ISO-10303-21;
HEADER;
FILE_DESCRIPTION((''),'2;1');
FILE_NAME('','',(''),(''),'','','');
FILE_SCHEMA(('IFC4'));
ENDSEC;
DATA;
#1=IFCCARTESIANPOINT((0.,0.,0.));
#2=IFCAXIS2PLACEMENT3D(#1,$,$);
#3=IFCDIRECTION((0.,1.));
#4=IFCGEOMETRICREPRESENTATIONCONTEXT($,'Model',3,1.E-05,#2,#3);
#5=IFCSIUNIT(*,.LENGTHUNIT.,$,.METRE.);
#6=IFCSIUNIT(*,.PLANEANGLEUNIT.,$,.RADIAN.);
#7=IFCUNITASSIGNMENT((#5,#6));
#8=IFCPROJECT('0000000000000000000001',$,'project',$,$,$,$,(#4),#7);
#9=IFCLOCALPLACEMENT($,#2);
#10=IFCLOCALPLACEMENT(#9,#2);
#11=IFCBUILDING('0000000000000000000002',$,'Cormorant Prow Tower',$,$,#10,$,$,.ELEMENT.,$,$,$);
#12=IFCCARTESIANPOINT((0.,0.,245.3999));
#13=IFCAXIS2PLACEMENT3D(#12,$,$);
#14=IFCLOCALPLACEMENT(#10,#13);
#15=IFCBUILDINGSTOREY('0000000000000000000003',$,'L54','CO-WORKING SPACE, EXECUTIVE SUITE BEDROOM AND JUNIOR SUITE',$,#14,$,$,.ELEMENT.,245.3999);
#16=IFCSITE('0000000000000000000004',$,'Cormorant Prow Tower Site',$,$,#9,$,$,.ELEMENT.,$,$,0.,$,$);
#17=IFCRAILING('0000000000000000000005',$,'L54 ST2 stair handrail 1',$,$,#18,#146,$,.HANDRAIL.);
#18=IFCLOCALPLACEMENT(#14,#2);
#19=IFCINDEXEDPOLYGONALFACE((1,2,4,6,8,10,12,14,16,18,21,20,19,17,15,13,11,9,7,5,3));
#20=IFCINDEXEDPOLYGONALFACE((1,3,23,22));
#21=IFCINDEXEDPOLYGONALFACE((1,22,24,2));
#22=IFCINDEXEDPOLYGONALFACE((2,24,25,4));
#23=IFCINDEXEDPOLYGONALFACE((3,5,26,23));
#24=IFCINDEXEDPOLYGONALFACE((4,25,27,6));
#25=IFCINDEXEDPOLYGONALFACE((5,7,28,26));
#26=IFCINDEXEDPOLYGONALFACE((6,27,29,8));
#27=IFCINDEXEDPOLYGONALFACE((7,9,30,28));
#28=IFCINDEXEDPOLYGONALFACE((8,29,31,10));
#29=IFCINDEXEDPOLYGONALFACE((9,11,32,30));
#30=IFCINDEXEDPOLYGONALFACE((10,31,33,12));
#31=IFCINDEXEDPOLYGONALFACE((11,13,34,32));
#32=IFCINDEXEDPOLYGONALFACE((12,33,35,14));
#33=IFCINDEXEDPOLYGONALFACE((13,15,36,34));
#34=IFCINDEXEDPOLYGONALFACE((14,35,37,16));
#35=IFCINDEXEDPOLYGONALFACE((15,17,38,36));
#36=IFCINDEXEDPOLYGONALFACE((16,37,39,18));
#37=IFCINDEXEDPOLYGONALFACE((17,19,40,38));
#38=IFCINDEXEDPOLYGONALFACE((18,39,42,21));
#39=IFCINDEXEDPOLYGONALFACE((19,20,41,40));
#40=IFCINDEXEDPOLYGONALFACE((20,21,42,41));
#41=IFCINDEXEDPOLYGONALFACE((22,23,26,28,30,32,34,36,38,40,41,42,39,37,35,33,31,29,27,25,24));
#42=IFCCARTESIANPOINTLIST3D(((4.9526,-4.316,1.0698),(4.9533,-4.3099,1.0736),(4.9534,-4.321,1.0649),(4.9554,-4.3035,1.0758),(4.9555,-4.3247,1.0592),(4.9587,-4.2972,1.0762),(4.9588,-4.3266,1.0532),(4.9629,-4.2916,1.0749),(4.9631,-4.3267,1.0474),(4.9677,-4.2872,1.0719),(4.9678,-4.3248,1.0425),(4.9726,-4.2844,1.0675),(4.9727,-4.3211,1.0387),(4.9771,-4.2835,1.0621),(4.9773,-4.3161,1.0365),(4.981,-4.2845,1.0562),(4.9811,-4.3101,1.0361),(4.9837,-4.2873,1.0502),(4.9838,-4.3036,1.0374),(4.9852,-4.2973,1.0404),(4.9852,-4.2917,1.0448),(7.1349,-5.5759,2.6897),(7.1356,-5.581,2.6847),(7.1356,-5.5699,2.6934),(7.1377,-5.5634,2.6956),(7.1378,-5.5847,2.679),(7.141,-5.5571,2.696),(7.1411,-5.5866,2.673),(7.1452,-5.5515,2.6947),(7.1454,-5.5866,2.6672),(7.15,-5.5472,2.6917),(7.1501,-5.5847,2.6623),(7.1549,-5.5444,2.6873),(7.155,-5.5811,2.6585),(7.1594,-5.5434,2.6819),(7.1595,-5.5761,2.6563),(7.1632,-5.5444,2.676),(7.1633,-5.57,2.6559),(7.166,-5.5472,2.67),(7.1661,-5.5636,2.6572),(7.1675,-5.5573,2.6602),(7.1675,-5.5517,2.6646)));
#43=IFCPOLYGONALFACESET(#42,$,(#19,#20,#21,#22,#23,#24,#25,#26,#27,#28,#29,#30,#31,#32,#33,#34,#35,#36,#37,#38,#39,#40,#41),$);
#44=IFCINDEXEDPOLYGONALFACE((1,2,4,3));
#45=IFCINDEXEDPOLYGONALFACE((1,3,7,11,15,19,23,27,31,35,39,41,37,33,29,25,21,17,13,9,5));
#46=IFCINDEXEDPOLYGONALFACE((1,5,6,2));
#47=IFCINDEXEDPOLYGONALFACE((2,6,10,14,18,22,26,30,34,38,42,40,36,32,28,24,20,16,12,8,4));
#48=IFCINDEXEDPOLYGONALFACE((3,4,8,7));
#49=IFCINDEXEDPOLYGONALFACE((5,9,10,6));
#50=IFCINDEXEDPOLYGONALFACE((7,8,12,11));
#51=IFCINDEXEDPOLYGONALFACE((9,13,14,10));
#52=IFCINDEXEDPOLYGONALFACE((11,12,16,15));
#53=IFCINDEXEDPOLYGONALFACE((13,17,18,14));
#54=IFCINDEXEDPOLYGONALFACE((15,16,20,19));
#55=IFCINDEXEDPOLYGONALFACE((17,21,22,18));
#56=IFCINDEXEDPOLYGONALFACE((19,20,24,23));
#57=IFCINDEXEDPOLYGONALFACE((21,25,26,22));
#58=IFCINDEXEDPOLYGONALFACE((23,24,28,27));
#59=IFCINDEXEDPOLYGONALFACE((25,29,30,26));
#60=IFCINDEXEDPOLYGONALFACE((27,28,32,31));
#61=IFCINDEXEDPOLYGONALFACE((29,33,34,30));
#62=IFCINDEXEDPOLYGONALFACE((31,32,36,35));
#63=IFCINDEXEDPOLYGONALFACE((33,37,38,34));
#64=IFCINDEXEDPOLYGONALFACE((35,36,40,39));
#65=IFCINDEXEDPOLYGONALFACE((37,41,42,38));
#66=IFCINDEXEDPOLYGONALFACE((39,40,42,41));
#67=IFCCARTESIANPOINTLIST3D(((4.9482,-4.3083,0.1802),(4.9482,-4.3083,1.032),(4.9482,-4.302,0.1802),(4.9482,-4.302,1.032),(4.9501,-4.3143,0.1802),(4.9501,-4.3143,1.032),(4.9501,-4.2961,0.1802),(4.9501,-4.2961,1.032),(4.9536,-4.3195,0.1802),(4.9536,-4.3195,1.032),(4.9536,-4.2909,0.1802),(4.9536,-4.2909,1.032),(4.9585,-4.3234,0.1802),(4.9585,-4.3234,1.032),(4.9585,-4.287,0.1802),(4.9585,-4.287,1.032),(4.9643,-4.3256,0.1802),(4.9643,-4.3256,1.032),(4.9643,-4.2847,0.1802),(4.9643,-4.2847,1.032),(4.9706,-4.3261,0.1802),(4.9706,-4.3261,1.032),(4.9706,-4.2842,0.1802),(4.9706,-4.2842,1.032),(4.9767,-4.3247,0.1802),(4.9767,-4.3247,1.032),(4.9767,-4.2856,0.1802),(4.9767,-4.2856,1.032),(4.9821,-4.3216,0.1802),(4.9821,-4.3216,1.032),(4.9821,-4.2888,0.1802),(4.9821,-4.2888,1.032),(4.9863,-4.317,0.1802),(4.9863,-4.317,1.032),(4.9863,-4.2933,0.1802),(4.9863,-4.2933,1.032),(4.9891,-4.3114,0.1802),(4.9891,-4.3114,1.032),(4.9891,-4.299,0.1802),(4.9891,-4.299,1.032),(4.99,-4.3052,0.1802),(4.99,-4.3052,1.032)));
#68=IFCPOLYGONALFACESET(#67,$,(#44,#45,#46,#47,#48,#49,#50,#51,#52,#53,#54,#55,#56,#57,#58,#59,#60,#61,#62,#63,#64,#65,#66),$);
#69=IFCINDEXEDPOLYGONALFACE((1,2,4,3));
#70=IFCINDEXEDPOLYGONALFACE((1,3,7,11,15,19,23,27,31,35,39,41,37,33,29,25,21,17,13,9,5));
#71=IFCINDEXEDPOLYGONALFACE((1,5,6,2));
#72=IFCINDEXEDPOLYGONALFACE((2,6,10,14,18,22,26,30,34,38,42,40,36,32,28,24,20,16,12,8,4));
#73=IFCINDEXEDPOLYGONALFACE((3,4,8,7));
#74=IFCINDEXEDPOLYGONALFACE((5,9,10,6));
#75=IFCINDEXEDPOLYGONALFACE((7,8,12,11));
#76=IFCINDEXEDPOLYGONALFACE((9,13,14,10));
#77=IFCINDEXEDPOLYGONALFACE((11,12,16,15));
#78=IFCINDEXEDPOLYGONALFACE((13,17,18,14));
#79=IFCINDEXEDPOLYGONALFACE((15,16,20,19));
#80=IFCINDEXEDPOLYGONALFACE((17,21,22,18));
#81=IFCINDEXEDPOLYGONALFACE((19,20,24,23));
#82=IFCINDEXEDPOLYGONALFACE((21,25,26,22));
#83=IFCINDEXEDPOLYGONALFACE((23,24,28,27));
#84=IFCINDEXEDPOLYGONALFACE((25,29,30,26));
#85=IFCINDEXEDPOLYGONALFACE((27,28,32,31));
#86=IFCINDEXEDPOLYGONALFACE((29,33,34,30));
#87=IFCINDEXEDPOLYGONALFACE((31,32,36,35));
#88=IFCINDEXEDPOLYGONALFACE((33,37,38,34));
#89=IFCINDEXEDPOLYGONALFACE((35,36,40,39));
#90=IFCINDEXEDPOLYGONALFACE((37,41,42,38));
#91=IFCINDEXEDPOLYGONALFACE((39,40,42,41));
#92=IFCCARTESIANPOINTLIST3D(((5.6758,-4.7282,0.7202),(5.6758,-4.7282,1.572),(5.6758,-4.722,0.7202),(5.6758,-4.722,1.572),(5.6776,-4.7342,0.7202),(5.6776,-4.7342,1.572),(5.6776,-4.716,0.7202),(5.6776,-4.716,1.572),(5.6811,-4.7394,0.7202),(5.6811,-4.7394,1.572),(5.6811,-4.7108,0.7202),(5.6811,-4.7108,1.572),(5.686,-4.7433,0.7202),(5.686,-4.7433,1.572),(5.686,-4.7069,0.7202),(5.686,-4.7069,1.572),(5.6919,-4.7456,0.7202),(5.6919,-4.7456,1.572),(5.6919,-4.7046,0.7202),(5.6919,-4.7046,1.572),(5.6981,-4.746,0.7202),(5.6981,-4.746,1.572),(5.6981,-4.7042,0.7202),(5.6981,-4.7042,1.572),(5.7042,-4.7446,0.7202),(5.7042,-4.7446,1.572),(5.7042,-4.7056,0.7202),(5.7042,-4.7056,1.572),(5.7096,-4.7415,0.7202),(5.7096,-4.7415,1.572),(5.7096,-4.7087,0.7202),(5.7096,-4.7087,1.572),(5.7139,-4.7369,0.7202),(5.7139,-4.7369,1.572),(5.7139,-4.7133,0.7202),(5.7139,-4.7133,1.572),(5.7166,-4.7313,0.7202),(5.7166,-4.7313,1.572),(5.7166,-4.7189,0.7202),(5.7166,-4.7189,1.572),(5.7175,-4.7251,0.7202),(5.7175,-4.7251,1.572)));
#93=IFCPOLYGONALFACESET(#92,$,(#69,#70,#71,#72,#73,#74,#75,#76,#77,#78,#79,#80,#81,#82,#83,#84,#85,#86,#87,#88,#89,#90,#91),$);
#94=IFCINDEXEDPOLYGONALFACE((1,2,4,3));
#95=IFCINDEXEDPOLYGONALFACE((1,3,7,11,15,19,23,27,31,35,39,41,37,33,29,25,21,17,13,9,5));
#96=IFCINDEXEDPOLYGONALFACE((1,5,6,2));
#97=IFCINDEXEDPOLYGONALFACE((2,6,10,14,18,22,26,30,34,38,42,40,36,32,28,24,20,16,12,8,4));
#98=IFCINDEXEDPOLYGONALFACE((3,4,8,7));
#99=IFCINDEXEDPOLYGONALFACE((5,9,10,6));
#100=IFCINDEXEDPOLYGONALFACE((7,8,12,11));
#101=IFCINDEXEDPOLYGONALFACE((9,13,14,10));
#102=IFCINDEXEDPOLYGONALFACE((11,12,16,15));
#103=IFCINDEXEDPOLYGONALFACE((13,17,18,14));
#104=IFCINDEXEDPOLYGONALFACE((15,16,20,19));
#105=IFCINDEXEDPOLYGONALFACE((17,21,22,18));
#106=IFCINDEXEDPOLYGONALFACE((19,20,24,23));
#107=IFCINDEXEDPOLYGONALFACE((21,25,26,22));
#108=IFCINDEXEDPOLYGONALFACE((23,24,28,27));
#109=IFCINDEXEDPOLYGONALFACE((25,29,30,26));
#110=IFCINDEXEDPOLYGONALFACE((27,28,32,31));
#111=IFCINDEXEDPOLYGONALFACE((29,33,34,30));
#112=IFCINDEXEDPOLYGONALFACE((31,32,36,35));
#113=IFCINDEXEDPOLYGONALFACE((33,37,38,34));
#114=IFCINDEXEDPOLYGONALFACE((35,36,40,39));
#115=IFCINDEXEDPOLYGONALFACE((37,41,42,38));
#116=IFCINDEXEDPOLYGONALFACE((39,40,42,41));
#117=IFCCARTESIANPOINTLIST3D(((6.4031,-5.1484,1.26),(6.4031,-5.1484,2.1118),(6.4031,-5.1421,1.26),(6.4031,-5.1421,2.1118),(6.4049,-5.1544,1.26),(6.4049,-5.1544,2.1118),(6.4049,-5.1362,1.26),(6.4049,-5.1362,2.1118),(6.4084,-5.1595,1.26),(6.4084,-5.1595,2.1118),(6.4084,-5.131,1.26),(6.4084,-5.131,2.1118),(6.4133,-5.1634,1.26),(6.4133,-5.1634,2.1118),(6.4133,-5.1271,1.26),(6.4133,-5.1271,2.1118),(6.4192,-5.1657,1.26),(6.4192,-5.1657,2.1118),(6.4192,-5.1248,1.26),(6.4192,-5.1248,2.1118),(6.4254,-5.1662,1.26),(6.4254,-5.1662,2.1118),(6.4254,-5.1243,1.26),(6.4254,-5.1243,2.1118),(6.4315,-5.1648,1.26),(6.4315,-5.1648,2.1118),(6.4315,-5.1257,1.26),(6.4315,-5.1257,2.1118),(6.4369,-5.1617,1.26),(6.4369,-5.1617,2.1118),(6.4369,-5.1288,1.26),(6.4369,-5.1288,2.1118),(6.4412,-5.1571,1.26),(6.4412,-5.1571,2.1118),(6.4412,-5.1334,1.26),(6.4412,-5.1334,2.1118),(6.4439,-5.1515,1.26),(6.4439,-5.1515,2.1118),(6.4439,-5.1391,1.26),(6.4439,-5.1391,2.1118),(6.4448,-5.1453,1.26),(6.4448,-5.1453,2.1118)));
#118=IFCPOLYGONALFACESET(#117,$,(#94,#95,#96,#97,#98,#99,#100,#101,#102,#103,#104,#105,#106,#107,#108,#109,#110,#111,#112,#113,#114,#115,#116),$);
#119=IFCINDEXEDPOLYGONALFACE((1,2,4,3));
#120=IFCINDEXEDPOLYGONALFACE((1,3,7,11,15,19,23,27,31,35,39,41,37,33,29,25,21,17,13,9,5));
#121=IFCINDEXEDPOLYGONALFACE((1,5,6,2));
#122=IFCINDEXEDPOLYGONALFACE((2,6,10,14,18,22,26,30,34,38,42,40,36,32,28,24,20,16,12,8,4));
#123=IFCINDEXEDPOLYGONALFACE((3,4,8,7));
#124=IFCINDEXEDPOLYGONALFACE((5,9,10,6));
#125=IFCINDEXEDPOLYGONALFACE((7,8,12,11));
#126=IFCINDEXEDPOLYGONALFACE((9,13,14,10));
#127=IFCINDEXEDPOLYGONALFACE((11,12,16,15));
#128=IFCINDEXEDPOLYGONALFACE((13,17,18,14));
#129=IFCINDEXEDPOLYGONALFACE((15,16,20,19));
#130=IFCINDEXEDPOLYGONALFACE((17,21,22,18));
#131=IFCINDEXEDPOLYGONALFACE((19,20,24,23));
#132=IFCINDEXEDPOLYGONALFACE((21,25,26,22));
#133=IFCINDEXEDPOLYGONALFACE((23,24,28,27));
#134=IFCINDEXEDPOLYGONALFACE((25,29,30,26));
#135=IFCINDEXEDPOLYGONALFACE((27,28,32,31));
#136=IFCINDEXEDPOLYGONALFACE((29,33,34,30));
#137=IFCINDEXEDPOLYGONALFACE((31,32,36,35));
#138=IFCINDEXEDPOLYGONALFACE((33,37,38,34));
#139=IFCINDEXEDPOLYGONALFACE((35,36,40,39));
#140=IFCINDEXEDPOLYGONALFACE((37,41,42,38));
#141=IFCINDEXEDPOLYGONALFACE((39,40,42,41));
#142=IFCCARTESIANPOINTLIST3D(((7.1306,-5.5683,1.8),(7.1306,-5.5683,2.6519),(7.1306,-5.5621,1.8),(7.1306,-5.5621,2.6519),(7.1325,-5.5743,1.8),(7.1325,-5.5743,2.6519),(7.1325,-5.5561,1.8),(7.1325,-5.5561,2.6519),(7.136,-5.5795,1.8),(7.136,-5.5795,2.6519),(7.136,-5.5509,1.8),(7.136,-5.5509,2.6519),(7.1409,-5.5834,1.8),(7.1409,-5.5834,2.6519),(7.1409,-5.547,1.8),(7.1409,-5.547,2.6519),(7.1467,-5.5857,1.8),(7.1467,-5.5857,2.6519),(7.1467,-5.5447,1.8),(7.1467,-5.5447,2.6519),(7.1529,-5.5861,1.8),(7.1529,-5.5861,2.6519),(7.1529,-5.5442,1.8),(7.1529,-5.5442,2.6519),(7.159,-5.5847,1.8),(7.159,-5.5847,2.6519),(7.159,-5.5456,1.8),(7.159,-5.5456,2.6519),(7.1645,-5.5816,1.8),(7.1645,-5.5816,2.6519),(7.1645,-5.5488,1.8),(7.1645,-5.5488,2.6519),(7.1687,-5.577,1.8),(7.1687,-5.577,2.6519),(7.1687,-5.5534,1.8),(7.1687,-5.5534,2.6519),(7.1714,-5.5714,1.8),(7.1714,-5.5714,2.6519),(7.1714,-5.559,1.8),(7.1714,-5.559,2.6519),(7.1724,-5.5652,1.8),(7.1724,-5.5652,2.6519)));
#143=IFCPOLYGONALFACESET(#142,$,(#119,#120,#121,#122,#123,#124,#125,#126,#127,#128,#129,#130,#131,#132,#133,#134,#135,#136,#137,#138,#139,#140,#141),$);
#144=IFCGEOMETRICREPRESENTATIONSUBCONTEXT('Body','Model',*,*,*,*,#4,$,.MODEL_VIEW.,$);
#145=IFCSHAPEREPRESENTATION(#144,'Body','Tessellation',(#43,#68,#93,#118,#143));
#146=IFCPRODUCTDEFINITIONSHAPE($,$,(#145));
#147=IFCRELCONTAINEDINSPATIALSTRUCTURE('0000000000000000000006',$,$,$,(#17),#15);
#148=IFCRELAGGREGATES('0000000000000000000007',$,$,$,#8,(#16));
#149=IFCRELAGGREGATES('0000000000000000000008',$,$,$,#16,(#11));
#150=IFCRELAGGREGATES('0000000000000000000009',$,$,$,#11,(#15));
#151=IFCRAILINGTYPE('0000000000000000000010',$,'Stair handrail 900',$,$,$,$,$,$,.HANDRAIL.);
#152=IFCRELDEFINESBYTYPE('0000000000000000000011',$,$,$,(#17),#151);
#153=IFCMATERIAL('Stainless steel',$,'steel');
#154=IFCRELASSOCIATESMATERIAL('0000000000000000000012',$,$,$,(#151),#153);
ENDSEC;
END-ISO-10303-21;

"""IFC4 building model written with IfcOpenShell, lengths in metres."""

from ifc_helpers import new_model, si_unit, direction, frame, origin, origin_2d, place, context, subcontext, project, spatial, circle, extrude, material, type_object, element, save


model = new_model("IFC4")

# Units and contexts
model_context = context("Model", 3, precision=1e-05, world=origin(), true_north=direction((0.0, 1.0)))
body_context = subcontext(model_context, "Body", "Model", "MODEL_VIEW")
ifc_project = project(units=[si_unit("LENGTHUNIT", "METRE"), si_unit("PLANEANGLEUNIT", "RADIAN")], contexts=[model_context])

# Site, building, storey
site_placement = place(None, origin())
site = spatial("IfcSite", under=ifc_project, at=site_placement, Name="Cormorant Prow Tower Site", CompositionType="ELEMENT", RefElevation=0.0)
building_placement = place(site_placement, origin())
building = spatial("IfcBuilding", under=site, at=building_placement, Name="Cormorant Prow Tower", CompositionType="ELEMENT")
storey_placement = place(building_placement, frame((0.0, 0.0, 245.3999)))
storey = spatial("IfcBuildingStorey", under=building, at=storey_placement, Name="L54", Description="CO-WORKING SPACE, EXECUTIVE SUITE BEDROOM AND JUNIOR SUITE", CompositionType="ELEMENT", Elevation=245.3999)

# Railing
ifc_material_1 = material(Name="Stainless steel", Category="steel")
railing_type_1 = type_object("IfcRailingType", Name="Stair handrail 900", PredefinedType="HANDRAIL", material=ifc_material_1)
railing_1_placement = place(storey_placement, frame((4.969, -4.3052, 0.1802)))
element("IfcRailing", 1, at=railing_1_placement, inside=storey, type_object=railing_type_1, Name="L54 ST2 stair handrail 1", PredefinedType="HANDRAIL", context=body_context, shape_type="SweptSolid", body=[
    extrude(circle(Radius=0.0239, at=origin_2d()), frame((0.0, 0.0, 0.876), z_axis=(0.728496, -0.420603, 0.540728), x_axis=(0.500005, 0.866023, 0.0)), (0.0, 0.0, 1.0), 2.9956),
    extrude(circle(Radius=0.021, at=origin_2d()), origin(), (0.0, 0.0, 1.0), 0.8518),
    extrude(circle(Radius=0.021, at=origin_2d()), frame((0.7275, -0.4199, 0.54)), (0.0, 0.0, 1.0), 0.8518),
    extrude(circle(Radius=0.021, at=origin_2d()), frame((1.4548, -0.8401, 1.0798)), (0.0, 0.0, 1.0), 0.8518),
    extrude(circle(Radius=0.021, at=origin_2d()), frame((2.1824, -1.26, 1.6199)), (0.0, 0.0, 1.0), 0.8518),
])

save(model, "model.ifc")
